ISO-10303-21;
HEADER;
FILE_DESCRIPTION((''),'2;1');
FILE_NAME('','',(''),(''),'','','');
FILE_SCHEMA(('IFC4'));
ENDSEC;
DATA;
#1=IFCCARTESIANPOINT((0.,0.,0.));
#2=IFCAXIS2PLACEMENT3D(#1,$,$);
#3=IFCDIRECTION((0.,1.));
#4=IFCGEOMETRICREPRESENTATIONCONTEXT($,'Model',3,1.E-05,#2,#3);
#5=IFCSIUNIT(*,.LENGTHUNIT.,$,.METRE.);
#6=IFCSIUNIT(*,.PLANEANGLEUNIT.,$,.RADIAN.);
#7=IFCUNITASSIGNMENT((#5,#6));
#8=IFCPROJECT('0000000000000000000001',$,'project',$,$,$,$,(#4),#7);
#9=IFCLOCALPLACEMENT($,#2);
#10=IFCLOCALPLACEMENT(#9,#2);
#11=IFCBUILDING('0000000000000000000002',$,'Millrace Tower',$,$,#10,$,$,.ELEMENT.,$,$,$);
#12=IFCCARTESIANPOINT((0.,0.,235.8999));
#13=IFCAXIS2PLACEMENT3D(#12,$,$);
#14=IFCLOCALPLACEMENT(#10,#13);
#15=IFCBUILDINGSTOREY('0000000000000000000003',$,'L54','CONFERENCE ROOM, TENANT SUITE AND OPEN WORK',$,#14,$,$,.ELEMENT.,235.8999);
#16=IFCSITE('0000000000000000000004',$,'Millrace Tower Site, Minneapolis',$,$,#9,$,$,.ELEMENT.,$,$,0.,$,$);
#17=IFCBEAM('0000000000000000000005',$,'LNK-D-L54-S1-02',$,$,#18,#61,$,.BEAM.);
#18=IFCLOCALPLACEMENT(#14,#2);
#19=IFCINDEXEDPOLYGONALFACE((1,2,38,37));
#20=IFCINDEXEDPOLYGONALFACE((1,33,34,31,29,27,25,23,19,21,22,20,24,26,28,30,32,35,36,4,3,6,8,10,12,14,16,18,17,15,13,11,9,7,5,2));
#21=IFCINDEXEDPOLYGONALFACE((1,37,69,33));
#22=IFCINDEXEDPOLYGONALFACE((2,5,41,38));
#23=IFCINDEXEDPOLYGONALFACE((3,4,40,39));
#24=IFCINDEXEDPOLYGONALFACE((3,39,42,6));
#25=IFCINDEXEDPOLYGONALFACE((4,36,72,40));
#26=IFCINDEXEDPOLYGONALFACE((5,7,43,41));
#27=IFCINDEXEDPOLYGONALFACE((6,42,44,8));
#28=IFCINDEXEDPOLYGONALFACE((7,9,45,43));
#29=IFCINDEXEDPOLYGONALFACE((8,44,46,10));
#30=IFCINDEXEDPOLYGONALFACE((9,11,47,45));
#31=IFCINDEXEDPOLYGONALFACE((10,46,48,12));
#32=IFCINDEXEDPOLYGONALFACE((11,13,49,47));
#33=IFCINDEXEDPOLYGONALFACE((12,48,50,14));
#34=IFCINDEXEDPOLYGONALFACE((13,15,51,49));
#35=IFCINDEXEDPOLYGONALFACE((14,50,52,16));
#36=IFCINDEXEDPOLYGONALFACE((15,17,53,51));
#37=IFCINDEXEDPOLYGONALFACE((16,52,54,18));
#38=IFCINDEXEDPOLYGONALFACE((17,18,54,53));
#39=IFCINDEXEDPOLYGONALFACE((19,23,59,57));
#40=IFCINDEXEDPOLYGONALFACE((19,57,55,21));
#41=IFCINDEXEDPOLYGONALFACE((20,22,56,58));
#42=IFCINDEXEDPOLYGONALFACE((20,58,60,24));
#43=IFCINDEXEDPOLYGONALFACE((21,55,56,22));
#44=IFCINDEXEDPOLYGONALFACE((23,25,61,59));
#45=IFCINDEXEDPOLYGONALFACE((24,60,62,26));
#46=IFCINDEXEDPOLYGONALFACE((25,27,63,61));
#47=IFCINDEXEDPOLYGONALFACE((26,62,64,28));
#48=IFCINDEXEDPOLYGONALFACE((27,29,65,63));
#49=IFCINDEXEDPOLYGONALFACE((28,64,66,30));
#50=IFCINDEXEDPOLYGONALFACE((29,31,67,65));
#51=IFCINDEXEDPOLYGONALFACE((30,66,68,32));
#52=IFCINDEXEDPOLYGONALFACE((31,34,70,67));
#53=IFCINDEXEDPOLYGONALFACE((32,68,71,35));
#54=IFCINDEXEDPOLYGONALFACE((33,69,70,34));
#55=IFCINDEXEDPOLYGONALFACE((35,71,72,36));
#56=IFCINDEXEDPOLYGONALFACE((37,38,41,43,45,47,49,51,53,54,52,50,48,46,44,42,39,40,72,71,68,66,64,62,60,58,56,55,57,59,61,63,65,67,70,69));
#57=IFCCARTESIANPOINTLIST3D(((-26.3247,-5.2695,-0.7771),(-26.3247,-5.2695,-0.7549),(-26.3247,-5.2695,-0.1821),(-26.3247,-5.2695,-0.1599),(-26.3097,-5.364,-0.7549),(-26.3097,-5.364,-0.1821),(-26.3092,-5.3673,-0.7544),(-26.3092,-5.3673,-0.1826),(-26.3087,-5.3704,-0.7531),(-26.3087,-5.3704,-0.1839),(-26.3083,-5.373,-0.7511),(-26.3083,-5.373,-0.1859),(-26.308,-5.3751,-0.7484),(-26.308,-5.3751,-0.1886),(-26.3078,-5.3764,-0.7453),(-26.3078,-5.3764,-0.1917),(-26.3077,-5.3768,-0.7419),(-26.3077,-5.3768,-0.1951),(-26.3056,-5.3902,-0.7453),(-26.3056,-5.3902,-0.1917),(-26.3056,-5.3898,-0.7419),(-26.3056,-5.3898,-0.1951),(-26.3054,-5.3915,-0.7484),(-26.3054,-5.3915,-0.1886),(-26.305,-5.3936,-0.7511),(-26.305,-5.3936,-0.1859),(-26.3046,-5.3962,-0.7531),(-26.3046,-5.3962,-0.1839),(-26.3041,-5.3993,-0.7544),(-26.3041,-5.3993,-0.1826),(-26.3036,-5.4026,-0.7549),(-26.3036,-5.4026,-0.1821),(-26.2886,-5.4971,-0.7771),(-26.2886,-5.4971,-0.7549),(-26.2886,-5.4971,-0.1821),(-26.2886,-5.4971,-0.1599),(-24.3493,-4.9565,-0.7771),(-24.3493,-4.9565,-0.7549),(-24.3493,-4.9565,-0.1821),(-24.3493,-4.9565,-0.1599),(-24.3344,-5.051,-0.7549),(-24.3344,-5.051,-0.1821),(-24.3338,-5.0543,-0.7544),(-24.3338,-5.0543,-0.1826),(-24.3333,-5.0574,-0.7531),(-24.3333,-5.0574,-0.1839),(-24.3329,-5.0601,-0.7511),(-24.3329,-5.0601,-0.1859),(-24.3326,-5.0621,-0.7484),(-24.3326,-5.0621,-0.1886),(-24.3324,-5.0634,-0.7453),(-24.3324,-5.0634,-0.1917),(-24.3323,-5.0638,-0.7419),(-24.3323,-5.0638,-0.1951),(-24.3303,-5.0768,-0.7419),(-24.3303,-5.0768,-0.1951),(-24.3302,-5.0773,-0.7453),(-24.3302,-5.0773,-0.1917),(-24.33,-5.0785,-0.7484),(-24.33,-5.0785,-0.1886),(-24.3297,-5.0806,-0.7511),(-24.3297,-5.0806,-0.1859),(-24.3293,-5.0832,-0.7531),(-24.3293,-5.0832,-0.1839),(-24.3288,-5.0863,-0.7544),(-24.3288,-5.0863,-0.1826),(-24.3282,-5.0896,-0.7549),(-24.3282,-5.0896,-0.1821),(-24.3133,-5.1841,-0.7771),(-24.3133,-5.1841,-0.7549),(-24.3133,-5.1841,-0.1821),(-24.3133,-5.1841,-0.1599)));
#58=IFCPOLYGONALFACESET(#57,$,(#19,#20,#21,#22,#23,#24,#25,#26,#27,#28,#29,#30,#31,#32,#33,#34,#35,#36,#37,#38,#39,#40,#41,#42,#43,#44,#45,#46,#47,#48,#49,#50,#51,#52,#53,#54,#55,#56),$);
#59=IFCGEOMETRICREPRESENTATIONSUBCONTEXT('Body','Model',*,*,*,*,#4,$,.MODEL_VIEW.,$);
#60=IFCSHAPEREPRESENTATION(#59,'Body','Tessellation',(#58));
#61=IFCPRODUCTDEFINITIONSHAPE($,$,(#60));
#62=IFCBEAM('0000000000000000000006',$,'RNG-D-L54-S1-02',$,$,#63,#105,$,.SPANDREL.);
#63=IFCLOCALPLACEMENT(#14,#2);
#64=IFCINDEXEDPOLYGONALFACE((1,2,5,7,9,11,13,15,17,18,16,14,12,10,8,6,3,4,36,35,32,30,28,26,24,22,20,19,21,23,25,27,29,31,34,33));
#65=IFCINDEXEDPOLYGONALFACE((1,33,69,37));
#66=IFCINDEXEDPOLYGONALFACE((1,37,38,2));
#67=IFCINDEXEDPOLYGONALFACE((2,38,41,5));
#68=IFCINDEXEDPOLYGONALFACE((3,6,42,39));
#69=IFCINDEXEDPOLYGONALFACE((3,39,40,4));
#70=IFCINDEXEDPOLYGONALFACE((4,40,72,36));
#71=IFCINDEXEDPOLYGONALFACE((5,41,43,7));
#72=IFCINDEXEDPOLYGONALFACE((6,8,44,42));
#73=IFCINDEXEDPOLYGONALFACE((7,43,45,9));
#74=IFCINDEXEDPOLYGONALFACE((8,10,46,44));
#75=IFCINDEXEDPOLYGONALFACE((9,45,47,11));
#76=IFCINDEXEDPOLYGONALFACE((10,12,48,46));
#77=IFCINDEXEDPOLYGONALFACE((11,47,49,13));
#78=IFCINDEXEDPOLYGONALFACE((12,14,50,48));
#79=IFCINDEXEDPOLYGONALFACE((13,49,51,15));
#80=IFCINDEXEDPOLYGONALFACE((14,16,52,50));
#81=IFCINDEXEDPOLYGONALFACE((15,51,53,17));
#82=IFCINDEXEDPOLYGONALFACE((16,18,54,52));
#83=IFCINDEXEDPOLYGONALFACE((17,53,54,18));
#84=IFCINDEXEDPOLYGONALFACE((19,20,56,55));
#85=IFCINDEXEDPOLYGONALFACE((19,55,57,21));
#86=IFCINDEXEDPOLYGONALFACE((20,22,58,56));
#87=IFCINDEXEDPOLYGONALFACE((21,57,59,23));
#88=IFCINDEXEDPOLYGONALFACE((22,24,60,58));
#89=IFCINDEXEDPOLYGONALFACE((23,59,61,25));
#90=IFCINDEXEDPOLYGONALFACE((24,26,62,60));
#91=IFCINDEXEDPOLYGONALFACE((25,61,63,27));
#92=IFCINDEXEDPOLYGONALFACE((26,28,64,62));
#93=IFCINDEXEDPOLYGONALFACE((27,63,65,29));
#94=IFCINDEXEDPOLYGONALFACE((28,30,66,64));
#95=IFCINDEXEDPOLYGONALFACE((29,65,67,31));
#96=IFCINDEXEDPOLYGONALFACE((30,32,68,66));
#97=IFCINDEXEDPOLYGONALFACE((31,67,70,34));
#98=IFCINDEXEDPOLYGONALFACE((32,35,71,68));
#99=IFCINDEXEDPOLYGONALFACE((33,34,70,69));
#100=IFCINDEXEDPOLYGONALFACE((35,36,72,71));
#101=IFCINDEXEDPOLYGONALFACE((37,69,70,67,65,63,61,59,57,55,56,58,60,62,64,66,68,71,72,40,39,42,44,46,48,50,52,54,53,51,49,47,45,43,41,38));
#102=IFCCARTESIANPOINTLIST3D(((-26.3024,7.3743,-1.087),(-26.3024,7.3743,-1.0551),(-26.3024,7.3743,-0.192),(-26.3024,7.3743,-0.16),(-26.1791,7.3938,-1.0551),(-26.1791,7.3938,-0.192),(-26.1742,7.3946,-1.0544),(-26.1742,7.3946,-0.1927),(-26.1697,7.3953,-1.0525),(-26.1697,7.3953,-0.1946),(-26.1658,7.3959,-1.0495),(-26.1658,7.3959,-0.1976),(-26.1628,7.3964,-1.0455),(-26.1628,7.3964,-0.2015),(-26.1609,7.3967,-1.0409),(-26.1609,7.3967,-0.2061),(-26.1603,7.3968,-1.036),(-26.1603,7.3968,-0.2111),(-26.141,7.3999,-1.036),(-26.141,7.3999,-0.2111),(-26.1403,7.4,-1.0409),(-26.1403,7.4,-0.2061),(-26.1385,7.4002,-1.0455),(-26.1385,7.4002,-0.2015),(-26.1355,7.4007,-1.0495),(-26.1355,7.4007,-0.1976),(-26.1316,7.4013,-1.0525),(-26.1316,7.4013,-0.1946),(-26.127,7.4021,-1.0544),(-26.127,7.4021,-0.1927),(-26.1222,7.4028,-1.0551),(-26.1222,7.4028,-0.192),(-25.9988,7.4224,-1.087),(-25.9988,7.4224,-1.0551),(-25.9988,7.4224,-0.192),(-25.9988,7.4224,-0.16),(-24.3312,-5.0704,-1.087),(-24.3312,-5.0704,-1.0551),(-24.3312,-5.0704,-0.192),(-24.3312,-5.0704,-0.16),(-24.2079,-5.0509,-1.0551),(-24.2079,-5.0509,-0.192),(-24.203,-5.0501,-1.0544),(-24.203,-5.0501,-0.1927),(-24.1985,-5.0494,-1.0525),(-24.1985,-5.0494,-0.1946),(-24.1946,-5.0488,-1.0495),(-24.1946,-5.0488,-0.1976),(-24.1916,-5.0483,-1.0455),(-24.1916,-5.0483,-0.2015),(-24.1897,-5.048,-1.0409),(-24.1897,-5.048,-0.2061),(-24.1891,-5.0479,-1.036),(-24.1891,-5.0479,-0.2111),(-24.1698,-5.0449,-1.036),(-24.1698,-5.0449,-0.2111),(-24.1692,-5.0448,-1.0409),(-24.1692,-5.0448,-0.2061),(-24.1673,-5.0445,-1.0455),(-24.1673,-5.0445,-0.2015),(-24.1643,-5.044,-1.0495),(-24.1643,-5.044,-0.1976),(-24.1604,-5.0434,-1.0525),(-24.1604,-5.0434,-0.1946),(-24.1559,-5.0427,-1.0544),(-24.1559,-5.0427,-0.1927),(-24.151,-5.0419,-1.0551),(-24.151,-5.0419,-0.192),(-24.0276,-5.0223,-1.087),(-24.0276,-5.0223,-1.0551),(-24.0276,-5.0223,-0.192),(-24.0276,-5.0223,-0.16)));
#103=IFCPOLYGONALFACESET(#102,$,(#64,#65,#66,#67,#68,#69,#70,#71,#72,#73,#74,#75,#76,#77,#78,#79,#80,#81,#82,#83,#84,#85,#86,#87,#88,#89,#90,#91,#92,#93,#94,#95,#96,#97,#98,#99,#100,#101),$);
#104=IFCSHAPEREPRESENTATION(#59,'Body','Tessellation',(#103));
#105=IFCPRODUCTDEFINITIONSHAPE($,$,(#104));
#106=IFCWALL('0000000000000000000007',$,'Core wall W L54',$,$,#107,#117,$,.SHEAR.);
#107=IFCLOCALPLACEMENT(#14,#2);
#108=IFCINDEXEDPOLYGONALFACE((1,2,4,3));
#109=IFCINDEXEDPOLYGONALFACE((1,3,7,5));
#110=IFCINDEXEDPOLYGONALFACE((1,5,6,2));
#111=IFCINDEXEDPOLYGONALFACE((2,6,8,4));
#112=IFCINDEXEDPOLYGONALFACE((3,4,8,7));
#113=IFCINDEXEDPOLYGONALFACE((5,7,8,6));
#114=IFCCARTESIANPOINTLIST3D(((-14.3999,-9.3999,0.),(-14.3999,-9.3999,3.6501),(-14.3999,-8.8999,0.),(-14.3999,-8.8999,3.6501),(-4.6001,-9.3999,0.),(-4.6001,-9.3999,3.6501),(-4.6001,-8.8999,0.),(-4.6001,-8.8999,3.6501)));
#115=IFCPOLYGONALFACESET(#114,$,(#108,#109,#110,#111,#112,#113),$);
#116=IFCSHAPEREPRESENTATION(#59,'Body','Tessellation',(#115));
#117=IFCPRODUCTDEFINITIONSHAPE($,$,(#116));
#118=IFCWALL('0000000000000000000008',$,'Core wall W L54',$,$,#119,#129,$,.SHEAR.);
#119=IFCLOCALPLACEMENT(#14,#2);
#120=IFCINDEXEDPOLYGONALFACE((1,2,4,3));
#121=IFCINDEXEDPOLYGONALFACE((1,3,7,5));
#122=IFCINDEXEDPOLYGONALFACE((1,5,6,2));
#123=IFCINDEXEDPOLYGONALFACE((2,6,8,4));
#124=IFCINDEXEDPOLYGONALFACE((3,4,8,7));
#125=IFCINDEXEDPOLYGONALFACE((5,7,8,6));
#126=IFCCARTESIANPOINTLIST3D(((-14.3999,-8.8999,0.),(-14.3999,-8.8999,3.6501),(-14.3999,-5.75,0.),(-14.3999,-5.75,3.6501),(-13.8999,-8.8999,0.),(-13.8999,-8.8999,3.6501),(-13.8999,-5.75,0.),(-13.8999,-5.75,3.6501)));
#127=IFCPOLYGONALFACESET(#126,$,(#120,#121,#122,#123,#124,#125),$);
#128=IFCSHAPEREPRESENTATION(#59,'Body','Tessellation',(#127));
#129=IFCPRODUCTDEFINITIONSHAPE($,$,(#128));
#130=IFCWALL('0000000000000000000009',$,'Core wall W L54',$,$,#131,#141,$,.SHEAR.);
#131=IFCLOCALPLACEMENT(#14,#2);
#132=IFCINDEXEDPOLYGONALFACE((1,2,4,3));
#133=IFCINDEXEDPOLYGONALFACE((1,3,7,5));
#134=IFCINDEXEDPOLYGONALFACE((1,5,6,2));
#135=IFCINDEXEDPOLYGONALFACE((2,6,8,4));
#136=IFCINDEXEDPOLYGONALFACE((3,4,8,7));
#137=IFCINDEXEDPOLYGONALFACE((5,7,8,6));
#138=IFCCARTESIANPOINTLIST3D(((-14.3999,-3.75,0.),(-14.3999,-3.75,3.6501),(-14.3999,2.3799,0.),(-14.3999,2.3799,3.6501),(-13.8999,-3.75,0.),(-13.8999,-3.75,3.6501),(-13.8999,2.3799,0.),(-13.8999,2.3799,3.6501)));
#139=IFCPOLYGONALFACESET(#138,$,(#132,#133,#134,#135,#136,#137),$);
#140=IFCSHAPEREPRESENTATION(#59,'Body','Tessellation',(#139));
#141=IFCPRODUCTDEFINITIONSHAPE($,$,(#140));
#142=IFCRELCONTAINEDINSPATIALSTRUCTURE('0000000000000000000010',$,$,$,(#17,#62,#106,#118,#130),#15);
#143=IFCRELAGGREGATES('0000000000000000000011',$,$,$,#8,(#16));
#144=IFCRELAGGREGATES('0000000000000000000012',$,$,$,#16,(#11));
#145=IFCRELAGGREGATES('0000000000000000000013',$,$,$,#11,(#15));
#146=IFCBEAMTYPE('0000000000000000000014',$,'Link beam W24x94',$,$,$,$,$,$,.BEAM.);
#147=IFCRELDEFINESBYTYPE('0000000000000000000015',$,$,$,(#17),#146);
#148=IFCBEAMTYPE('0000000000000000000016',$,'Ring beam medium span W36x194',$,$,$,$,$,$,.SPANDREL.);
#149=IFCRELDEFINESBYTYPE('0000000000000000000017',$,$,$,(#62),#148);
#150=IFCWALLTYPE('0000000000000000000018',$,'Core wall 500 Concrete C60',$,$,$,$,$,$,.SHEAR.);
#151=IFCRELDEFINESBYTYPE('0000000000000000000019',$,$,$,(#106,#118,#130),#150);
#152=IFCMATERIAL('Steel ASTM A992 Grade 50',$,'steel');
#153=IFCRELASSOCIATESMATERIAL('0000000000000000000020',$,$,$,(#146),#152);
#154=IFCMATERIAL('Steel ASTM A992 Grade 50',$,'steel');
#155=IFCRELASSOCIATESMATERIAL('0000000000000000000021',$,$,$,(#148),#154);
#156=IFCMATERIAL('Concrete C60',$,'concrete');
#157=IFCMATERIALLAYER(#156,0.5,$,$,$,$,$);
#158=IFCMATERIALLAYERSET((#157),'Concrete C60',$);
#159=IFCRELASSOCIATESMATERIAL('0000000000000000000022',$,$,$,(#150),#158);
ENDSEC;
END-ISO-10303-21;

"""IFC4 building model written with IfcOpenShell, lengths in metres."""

from ifc_helpers import new_model, si_unit, direction, frame, frame_2d, origin, origin_2d, place, context, subcontext, project, spatial, rectangle, i_section, extrude, material, layer, layer_set, material_profile, profile_set, type_object, element, save


model = new_model("IFC4")

# Units and contexts
model_context = context("Model", 3, precision=1e-05, world=origin(), true_north=direction((0.0, 1.0)))
body_context = subcontext(model_context, "Body", "Model", "MODEL_VIEW")
ifc_project = project(units=[si_unit("LENGTHUNIT", "METRE"), si_unit("PLANEANGLEUNIT", "RADIAN")], contexts=[model_context])

# Site, building, storey
site_placement = place(None, origin())
site = spatial("IfcSite", under=ifc_project, at=site_placement, Name="Millrace Tower Site, Minneapolis", CompositionType="ELEMENT", RefElevation=0.0)
building_placement = place(site_placement, origin())
building = spatial("IfcBuilding", under=site, at=building_placement, Name="Millrace Tower", CompositionType="ELEMENT")
storey_placement = place(building_placement, frame((0.0, 0.0, 235.8999)))
storey = spatial("IfcBuildingStorey", under=building, at=storey_placement, Name="L54", Description="CONFERENCE ROOM, TENANT SUITE AND OPEN WORK", CompositionType="ELEMENT", Elevation=235.8999)

# Beams
ifc_material_1 = material(Name="Steel ASTM A992 Grade 50", Category="steel")
ifc_material_profile_1 = material_profile(ifc_material_1, i_section(OverallWidth=0.2305, OverallDepth=0.6172, WebThickness=0.0132, FlangeThickness=0.0222, FilletRadius=0.0129, at=origin_2d()))
ifc_profile_set_1 = profile_set([ifc_material_profile_1], Name="Steel ASTM A992 Grade 50")
beam_type_1 = type_object("IfcBeamType", Name="Link beam W24x94", PredefinedType="BEAM", material=ifc_profile_set_1)
beam_1_placement = place(storey_placement, frame((-24.3313, -5.0703, -0.4685), z_axis=(-0.987679, -0.156495, 0.0), x_axis=(0.156495, -0.987679, 0.0)))
element("IfcBeam", 1, at=beam_1_placement, inside=storey, type_object=beam_type_1, Name="LNK-D-L54-S1-02", PredefinedType="BEAM", context=body_context, shape_type="SweptSolid", body=[
    extrude(i_section(OverallWidth=0.2305, OverallDepth=0.6172, WebThickness=0.0132, FlangeThickness=0.0222, FilletRadius=0.0129, at=origin_2d()), origin(), (0.0, 0.0, 1.0), 2.0),
])
ifc_material_2 = material(Name="Steel ASTM A992 Grade 50", Category="steel")
ifc_material_profile_2 = material_profile(ifc_material_2, i_section(OverallWidth=0.3074, OverallDepth=0.927, WebThickness=0.0195, FlangeThickness=0.032, FilletRadius=0.019, at=origin_2d()))
ifc_profile_set_2 = profile_set([ifc_material_profile_2], Name="Steel ASTM A992 Grade 50")
beam_type_2 = type_object("IfcBeamType", Name="Ring beam medium span W36x194", PredefinedType="SPANDREL", material=ifc_profile_set_2)
beam_2_placement = place(storey_placement, frame((-24.1794, -5.0464, -0.6235), z_axis=(-0.156444, 0.987687, 0.0), x_axis=(-0.987687, -0.156444, 0.0)))
element("IfcBeam", 2, at=beam_2_placement, inside=storey, type_object=beam_type_2, Name="RNG-D-L54-S1-02", PredefinedType="SPANDREL", context=body_context, shape_type="SweptSolid", body=[
    extrude(i_section(OverallWidth=0.3074, OverallDepth=0.927, WebThickness=0.0195, FlangeThickness=0.032, FilletRadius=0.019, at=origin_2d()), origin(), (0.0, 0.0, 1.0), 12.5999),
])

# Walls
ifc_material_3 = material(Name="Concrete C60", Category="concrete")
ifc_layer_1 = layer(ifc_material_3, 0.5)
ifc_layer_set_1 = layer_set([ifc_layer_1], Name="Concrete C60")
wall_type_1 = type_object("IfcWallType", Name="Core wall 500 Concrete C60", PredefinedType="SHEAR", material=ifc_layer_set_1)
wall_1_placement = place(storey_placement, frame((-14.3999, -9.1499, 0.0), z_axis=(0.0, 0.0, 1.0), x_axis=(1.0, 0.0, 0.0)))
element("IfcWall", 3, at=wall_1_placement, inside=storey, type_object=wall_type_1, Name="Core wall W L54", PredefinedType="SHEAR", context=body_context, shape_type="SweptSolid", body=[
    extrude(rectangle(XDim=9.7998, YDim=0.5, at=frame_2d((4.8999, 0.0))), origin(), (0.0, 0.0, 1.0), 3.6501),
])
wall_2_placement = place(storey_placement, frame((-14.1499, -8.8999, 0.0), z_axis=(0.0, 0.0, 1.0), x_axis=(0.0, 1.0, 0.0)))
element("IfcWall", 4, at=wall_2_placement, inside=storey, type_object=wall_type_1, Name="Core wall W L54", PredefinedType="SHEAR", context=body_context, shape_type="SweptSolid", body=[
    extrude(rectangle(XDim=3.1499, YDim=0.5, at=frame_2d((1.575, 0.0))), origin(), (0.0, 0.0, 1.0), 3.6501),
])
wall_3_placement = place(storey_placement, frame((-14.1499, -3.75, 0.0), z_axis=(0.0, 0.0, 1.0), x_axis=(0.0, 1.0, 0.0)))
element("IfcWall", 5, at=wall_3_placement, inside=storey, type_object=wall_type_1, Name="Core wall W L54", PredefinedType="SHEAR", context=body_context, shape_type="SweptSolid", body=[
    extrude(rectangle(XDim=6.1299, YDim=0.5, at=frame_2d((3.0649, 0.0))), origin(), (0.0, 0.0, 1.0), 3.6501),
])

save(model, "model.ifc")
